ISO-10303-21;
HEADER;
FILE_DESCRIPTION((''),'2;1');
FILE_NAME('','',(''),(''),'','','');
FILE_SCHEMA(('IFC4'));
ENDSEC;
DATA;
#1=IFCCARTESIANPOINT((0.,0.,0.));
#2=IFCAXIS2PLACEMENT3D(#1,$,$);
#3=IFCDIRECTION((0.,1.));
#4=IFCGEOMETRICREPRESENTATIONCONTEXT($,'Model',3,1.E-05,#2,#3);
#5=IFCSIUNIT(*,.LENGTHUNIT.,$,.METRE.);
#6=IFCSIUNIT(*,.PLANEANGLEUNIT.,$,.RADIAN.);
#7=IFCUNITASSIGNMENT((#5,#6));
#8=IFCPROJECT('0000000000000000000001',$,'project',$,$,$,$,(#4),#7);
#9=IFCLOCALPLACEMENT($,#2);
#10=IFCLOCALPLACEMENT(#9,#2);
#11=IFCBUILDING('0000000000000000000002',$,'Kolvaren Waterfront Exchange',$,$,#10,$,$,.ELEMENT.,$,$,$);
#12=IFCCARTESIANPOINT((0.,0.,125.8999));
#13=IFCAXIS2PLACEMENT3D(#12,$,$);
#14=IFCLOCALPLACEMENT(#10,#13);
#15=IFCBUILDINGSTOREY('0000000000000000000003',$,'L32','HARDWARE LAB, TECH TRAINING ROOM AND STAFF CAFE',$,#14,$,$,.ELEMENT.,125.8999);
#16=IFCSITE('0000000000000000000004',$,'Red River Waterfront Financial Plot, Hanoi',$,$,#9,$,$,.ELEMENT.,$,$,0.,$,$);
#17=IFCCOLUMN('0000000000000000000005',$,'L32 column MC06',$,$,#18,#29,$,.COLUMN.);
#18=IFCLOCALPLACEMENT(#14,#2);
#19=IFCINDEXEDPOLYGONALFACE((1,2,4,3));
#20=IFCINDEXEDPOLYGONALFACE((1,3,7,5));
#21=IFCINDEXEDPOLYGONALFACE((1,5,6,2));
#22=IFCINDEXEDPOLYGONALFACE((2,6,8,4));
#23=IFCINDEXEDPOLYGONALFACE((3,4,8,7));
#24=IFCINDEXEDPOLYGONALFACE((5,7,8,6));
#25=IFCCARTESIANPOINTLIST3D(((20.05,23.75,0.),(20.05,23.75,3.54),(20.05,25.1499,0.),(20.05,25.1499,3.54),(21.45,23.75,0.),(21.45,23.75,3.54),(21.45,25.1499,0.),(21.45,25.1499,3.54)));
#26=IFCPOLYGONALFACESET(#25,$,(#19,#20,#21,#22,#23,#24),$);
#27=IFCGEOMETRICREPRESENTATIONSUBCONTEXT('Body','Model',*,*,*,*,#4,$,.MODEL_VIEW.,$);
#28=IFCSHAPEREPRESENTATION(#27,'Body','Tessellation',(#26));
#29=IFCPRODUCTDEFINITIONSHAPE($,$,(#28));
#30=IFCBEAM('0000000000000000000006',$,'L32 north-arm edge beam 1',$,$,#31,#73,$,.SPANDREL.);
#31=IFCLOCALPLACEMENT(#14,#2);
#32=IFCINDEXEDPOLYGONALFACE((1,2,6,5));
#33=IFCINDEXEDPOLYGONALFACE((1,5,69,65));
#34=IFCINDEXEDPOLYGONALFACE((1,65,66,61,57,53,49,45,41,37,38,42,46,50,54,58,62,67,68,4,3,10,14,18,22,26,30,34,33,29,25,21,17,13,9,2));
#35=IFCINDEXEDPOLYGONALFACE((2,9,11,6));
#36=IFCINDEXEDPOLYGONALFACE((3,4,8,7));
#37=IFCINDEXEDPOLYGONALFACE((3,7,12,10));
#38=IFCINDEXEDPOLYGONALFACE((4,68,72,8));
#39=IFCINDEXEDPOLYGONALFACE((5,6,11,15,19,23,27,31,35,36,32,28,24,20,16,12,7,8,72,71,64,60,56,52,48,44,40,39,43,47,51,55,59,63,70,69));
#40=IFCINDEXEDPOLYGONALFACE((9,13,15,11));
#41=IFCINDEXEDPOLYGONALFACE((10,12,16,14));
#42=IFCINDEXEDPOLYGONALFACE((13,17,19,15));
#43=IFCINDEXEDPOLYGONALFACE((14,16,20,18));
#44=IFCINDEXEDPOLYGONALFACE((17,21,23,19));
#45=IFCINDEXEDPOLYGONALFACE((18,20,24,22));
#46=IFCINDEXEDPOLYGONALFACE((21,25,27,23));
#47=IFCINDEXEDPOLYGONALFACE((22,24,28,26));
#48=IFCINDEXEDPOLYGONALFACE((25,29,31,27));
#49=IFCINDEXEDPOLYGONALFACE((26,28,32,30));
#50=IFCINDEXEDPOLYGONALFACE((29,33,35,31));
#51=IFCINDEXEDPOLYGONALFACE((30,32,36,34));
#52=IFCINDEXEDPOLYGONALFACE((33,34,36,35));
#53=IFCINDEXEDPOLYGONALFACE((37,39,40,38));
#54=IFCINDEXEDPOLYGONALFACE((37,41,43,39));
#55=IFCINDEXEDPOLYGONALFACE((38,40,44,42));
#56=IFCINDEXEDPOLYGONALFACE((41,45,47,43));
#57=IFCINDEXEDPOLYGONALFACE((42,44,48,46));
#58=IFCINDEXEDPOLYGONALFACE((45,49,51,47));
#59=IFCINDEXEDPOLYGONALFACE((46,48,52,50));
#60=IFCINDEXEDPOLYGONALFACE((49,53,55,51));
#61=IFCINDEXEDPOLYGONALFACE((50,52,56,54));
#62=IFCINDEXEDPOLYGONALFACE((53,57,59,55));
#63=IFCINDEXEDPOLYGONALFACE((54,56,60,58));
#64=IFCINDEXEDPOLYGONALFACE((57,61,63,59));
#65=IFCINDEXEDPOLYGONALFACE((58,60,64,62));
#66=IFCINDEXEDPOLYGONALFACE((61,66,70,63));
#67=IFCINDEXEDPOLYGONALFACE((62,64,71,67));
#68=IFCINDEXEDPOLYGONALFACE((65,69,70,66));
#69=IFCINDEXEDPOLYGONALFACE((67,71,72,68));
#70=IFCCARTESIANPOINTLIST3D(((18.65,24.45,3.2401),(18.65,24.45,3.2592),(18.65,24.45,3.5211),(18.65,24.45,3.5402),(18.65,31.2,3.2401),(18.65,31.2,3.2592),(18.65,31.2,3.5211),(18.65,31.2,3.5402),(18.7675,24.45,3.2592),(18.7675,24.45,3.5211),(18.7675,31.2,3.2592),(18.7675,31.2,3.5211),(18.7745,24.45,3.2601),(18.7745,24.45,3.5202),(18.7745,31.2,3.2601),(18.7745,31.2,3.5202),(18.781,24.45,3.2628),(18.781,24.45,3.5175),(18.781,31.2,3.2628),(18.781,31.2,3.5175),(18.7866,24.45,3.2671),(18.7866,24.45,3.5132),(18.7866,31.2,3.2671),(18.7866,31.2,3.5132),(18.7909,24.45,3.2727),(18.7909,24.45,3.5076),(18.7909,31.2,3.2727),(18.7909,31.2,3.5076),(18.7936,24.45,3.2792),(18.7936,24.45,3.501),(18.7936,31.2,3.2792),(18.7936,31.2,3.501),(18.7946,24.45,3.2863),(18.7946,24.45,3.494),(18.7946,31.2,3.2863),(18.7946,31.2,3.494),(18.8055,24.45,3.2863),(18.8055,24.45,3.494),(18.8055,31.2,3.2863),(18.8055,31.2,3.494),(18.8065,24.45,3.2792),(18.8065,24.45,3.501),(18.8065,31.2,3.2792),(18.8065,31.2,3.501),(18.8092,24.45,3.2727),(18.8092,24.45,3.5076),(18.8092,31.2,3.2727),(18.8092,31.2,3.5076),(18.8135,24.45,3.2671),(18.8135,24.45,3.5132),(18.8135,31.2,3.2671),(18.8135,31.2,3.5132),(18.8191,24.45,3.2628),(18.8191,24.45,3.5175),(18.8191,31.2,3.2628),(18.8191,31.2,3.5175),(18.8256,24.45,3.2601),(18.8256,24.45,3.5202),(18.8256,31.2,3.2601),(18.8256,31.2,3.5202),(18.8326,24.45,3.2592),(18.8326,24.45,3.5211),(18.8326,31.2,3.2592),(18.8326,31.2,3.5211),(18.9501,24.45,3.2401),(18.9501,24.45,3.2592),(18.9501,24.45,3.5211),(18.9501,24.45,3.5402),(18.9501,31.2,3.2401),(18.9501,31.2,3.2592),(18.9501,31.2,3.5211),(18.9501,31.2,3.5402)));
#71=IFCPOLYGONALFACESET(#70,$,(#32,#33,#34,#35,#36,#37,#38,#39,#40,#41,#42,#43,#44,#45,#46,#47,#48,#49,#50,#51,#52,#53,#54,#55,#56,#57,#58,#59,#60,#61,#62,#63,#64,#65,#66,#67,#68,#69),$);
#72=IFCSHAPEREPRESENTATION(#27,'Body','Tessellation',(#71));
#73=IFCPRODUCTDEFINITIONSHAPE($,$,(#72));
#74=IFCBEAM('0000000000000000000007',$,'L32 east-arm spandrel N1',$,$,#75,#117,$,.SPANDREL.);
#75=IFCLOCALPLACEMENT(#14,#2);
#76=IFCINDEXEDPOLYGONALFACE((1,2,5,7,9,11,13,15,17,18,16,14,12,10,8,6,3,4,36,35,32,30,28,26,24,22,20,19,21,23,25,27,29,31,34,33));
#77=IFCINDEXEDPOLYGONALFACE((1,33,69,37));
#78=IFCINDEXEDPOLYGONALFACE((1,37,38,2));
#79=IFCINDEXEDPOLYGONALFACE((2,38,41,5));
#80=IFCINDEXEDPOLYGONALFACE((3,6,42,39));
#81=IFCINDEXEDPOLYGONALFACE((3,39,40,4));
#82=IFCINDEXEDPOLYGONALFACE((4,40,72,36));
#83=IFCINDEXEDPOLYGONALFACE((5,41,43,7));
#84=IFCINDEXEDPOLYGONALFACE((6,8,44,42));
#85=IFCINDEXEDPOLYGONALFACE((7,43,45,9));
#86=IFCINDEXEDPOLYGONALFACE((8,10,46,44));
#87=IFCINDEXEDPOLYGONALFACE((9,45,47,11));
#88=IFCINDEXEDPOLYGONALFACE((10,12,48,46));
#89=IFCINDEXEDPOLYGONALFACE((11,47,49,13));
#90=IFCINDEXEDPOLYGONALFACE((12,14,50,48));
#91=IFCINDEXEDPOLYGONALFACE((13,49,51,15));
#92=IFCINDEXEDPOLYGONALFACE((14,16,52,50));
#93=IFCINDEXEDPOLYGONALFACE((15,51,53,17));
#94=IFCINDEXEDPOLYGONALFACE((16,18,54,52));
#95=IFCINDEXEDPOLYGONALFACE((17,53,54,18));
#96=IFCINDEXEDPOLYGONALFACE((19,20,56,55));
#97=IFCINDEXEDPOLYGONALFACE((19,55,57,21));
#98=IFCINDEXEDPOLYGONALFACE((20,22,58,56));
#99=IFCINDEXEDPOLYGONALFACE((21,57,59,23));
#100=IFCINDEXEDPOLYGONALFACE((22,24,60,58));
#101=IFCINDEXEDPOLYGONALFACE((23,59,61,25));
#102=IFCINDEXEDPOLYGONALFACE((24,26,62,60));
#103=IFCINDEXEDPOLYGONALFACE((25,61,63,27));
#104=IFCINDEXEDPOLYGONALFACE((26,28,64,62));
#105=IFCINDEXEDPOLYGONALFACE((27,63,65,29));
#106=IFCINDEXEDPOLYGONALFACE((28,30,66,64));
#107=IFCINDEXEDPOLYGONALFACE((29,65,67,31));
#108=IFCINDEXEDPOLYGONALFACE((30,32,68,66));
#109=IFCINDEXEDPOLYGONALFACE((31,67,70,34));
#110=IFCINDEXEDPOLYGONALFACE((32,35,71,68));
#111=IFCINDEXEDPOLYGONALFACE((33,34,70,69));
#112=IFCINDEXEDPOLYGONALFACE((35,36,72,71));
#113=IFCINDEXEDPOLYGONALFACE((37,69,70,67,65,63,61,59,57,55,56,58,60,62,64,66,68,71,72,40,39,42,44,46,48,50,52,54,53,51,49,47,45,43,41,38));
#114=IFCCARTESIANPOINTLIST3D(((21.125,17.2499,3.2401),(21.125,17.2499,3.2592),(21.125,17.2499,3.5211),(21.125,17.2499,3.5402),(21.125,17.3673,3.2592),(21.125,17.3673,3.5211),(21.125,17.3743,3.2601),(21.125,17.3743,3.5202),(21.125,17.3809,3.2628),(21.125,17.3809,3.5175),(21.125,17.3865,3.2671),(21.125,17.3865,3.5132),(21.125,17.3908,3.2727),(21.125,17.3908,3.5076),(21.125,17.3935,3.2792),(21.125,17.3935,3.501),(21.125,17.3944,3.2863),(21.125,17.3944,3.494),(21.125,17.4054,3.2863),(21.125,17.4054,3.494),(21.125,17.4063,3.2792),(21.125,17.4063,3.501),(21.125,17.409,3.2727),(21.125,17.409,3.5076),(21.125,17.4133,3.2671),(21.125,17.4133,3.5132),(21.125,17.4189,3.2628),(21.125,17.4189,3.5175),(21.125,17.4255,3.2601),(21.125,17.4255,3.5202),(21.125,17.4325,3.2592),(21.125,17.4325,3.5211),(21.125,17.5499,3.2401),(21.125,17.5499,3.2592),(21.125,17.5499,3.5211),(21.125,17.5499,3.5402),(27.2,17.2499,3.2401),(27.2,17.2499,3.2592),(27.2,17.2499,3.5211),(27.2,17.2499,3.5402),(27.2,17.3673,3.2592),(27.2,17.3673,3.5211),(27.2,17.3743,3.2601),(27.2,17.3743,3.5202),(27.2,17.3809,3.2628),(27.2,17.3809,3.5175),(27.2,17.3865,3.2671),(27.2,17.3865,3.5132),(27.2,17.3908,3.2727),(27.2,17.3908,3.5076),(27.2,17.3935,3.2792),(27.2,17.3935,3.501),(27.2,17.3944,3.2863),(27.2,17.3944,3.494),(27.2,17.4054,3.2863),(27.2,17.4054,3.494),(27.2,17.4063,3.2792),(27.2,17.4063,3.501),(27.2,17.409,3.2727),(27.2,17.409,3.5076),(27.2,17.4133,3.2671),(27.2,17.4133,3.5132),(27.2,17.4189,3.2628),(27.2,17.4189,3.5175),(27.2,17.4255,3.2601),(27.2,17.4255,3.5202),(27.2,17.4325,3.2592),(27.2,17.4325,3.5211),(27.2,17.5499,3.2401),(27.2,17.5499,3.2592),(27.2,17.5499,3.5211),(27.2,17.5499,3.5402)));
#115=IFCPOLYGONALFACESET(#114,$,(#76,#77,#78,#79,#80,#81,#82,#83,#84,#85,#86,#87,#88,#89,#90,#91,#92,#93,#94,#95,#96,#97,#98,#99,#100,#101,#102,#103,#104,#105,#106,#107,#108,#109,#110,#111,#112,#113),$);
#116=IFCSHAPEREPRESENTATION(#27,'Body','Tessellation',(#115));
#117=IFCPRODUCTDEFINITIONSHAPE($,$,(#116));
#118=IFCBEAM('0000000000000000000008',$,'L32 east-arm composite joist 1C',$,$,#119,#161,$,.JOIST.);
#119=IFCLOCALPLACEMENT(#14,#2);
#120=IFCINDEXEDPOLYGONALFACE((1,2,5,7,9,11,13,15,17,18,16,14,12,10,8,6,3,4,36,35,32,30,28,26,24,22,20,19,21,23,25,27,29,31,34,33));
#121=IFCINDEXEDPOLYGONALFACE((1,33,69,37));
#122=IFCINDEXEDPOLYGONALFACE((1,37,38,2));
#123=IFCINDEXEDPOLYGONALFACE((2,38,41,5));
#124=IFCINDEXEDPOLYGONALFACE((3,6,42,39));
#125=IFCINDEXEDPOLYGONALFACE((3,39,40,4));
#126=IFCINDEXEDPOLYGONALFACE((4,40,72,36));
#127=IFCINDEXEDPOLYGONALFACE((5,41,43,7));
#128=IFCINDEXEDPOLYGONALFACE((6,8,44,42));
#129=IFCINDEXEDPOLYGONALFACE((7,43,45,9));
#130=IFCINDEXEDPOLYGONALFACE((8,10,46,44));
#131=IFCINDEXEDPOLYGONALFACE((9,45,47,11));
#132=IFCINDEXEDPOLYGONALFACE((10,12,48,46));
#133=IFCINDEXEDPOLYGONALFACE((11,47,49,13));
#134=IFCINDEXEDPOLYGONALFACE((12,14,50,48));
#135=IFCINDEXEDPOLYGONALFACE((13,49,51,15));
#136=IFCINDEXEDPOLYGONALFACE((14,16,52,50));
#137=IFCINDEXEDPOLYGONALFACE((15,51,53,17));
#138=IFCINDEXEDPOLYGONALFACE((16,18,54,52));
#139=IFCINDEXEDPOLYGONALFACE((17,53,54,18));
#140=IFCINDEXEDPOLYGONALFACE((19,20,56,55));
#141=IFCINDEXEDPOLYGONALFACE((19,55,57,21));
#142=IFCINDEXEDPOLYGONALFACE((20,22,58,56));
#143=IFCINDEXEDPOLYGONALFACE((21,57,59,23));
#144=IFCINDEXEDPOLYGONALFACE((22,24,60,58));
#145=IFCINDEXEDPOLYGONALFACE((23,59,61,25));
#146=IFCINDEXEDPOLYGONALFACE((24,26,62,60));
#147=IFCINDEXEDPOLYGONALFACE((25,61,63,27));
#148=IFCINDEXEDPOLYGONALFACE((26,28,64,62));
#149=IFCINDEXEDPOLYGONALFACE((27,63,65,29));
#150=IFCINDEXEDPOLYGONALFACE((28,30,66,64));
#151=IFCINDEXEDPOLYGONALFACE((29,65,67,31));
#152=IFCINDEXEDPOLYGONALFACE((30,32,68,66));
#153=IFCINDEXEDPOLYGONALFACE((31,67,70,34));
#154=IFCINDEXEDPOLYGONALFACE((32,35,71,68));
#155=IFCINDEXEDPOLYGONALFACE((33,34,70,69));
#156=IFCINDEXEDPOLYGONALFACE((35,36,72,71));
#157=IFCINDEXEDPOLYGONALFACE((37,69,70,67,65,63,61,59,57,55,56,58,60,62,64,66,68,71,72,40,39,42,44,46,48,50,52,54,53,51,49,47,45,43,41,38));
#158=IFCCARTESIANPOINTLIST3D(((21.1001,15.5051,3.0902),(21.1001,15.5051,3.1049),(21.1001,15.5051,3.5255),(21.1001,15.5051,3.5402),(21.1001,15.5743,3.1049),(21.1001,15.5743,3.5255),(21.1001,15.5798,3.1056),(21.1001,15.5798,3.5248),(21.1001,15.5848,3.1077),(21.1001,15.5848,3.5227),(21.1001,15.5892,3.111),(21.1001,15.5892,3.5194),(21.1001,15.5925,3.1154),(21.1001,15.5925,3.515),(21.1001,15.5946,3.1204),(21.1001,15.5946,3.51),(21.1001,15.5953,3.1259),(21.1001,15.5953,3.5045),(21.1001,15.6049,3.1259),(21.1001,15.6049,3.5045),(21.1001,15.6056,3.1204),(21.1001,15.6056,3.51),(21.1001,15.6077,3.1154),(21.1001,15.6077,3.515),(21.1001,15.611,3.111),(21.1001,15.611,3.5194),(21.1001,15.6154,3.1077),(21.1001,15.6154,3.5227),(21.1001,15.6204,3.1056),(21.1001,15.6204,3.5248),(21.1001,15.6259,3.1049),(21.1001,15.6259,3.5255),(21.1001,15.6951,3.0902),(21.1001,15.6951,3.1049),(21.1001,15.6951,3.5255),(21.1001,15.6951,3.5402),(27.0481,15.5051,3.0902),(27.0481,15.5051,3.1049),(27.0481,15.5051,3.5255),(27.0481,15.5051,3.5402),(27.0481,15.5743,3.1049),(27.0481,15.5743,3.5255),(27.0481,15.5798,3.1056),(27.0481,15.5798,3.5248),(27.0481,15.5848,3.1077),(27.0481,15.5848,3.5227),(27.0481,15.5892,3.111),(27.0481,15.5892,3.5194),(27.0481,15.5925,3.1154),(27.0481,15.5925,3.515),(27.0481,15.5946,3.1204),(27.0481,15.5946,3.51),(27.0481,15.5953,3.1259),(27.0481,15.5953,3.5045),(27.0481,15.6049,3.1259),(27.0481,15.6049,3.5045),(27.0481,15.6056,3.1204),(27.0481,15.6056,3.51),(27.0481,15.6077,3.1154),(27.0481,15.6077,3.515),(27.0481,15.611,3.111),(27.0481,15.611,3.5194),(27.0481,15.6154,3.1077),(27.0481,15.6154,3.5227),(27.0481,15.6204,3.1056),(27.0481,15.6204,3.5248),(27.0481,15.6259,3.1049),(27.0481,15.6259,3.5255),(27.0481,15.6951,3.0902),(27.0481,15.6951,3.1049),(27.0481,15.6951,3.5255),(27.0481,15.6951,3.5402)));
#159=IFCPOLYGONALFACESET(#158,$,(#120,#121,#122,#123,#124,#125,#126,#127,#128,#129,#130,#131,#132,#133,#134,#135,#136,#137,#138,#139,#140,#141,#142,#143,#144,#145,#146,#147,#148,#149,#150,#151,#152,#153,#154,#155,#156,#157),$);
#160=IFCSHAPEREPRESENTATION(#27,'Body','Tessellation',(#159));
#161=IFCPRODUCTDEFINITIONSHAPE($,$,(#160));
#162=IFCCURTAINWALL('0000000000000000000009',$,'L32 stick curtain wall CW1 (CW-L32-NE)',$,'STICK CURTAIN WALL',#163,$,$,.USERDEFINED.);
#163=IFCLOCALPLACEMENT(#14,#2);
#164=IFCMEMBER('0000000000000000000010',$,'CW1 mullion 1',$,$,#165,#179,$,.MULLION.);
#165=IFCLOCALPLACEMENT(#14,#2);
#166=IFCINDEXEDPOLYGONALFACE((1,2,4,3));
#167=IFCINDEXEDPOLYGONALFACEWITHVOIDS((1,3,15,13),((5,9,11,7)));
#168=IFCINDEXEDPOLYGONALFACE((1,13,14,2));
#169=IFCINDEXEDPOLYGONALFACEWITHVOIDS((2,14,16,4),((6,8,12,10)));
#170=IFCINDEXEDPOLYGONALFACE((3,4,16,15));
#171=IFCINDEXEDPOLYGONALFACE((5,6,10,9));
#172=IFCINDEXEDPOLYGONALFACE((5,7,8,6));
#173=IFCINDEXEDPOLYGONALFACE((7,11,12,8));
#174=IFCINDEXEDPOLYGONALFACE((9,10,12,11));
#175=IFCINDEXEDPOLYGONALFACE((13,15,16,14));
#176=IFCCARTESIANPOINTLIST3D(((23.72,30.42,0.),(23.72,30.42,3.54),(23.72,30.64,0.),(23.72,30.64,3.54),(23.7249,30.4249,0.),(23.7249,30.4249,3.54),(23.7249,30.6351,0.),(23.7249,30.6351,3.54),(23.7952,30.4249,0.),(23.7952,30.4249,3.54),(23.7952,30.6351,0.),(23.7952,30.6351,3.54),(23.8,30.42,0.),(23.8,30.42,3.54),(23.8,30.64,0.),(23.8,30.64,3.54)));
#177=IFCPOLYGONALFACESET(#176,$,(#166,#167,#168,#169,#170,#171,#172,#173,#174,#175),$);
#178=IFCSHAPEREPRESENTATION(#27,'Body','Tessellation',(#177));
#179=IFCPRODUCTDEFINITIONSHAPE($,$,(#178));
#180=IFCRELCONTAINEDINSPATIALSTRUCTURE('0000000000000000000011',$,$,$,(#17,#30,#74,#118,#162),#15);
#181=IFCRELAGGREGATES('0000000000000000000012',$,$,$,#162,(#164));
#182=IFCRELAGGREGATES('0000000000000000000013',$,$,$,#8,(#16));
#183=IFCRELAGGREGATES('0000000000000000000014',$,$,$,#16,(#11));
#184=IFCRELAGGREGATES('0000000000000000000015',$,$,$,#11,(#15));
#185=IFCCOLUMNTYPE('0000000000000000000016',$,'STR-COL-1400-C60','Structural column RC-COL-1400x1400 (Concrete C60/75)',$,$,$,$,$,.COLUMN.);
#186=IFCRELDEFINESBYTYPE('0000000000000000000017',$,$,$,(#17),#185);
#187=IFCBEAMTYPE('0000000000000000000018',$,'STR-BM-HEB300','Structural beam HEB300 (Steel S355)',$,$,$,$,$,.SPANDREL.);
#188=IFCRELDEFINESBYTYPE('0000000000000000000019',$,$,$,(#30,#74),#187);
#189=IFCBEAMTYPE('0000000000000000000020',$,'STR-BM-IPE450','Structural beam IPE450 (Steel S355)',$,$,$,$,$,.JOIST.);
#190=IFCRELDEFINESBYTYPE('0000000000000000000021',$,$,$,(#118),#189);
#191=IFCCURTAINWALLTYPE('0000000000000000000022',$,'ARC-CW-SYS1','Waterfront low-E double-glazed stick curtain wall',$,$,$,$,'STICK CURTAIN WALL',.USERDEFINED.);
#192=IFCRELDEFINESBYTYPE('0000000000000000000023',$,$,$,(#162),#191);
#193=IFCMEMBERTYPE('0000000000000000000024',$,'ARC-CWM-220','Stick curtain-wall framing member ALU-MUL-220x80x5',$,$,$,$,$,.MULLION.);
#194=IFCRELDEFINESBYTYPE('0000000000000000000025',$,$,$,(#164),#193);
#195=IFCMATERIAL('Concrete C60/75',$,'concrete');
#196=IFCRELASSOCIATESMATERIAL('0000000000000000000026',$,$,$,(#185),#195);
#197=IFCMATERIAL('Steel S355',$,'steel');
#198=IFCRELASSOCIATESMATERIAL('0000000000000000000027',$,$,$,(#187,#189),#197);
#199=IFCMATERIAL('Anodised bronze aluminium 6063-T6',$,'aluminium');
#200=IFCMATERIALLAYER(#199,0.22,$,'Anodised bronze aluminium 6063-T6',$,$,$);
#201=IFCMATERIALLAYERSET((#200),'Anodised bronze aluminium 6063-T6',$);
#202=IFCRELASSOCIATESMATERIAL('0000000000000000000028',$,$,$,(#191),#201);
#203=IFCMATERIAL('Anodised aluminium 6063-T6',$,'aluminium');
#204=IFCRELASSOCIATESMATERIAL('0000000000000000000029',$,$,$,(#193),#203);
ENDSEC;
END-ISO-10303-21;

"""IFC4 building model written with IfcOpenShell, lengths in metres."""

from ifc_helpers import new_model, si_unit, direction, frame, origin, origin_with_axes, origin_2d, place, context, subcontext, project, spatial, rectangle, hollow_rectangle, i_section, extrude, source, transform, mapped, material, layer, layer_set, material_profile, profile_set, type_object, element, aggregate, save


model = new_model("IFC4")

# Units and contexts
model_context = context("Model", 3, precision=1e-05, world=origin(), true_north=direction((0.0, 1.0)))
body_context = subcontext(model_context, "Body", "Model", "MODEL_VIEW")
ifc_project = project(units=[si_unit("LENGTHUNIT", "METRE"), si_unit("PLANEANGLEUNIT", "RADIAN")], contexts=[model_context])

# Site, building, storey
site_placement = place(None, origin())
site = spatial("IfcSite", under=ifc_project, at=site_placement, Name="Red River Waterfront Financial Plot, Hanoi", CompositionType="ELEMENT", RefElevation=0.0)
building_placement = place(site_placement, origin())
building = spatial("IfcBuilding", under=site, at=building_placement, Name="Kolvaren Waterfront Exchange", CompositionType="ELEMENT")
storey_placement = place(building_placement, frame((0.0, 0.0, 125.8999)))
storey = spatial("IfcBuildingStorey", under=building, at=storey_placement, Name="L32", Description="HARDWARE LAB, TECH TRAINING ROOM AND STAFF CAFE", CompositionType="ELEMENT", Elevation=125.8999)

# Column
ifc_material_1 = material(Name="Concrete C60/75", Category="concrete")
ifc_material_profile_1 = material_profile(ifc_material_1, rectangle(XDim=1.3999, YDim=1.3999, at=origin_2d()), Name="RC-COL-1400x1400")
ifc_profile_set_1 = profile_set([ifc_material_profile_1], Name="Concrete C60/75")
column_type = type_object("IfcColumnType", Name="STR-COL-1400-C60", Description="Structural column RC-COL-1400x1400 (Concrete C60/75)", PredefinedType="COLUMN", material=ifc_profile_set_1)
column_placement = place(storey_placement, frame((20.75, 24.45, 0.0), z_axis=(0.0, 0.0, 1.0), x_axis=(1.0, 0.0, 0.0)))
element("IfcColumn", 1, at=column_placement, inside=storey, type_object=column_type, Name="L32 column MC06", PredefinedType="COLUMN", context=body_context, shape_type="SweptSolid", body=[
    extrude(rectangle(XDim=1.3999, YDim=1.3999, at=origin_2d()), origin(), (0.0, 0.0, 1.0), 3.54),
])

# Beams
ifc_material_2 = material(Name="Steel S355", Category="steel")
ifc_material_profile_2 = material_profile(ifc_material_2, i_section(OverallWidth=0.3, OverallDepth=0.3, WebThickness=0.011, FlangeThickness=0.019, FilletRadius=0.0271, at=origin_2d()), Name="HEB300")
ifc_profile_set_2 = profile_set([ifc_material_profile_2], Name="Steel S355")
beam_type_1 = type_object("IfcBeamType", Name="STR-BM-HEB300", Description="Structural beam HEB300 (Steel S355)", PredefinedType="SPANDREL", material=ifc_profile_set_2)
beam_1_placement = place(storey_placement, frame((18.8, 24.45, 3.3901), z_axis=(0.0, 1.0, 0.0), x_axis=(-1.0, 0.0, 0.0)))
element("IfcBeam", 2, at=beam_1_placement, inside=storey, type_object=beam_type_1, Name="L32 north-arm edge beam 1", PredefinedType="SPANDREL", context=body_context, shape_type="SweptSolid", body=[
    extrude(i_section(OverallWidth=0.3, OverallDepth=0.3, WebThickness=0.011, FlangeThickness=0.019, FilletRadius=0.0271, at=origin_2d()), origin(), (0.0, 0.0, 1.0), 6.75),
])
beam_2_placement = place(storey_placement, frame((21.125, 17.3999, 3.3901), z_axis=(1.0, 0.0, 0.0), x_axis=(0.0, 1.0, 0.0)))
element("IfcBeam", 3, at=beam_2_placement, inside=storey, type_object=beam_type_1, Name="L32 east-arm spandrel N1", PredefinedType="SPANDREL", context=body_context, shape_type="SweptSolid", body=[
    extrude(i_section(OverallWidth=0.3, OverallDepth=0.3, WebThickness=0.011, FlangeThickness=0.019, FilletRadius=0.0271, at=origin_2d()), origin(), (0.0, 0.0, 1.0), 6.075),
])
ifc_material_profile_3 = material_profile(ifc_material_2, i_section(OverallWidth=0.1899, OverallDepth=0.45, WebThickness=0.0095, FlangeThickness=0.0146, FilletRadius=0.021, at=origin_2d()), Name="IPE450")
ifc_profile_set_3 = profile_set([ifc_material_profile_3], Name="Steel S355")
beam_type_2 = type_object("IfcBeamType", Name="STR-BM-IPE450", Description="Structural beam IPE450 (Steel S355)", PredefinedType="JOIST", material=ifc_profile_set_3)
beam_3_placement = place(storey_placement, frame((21.1001, 15.6001, 3.3152), z_axis=(1.0, 0.0, 0.0), x_axis=(0.0, 1.0, 0.0)))
element("IfcBeam", 4, at=beam_3_placement, inside=storey, type_object=beam_type_2, Name="L32 east-arm composite joist 1C", PredefinedType="JOIST", context=body_context, shape_type="SweptSolid", body=[
    extrude(i_section(OverallWidth=0.1899, OverallDepth=0.45, WebThickness=0.0095, FlangeThickness=0.0146, FilletRadius=0.021, at=origin_2d()), origin(), (0.0, 0.0, 1.0), 5.948),
])

# Curtain wall, member
ifc_material_3 = material(Name="Anodised bronze aluminium 6063-T6", Category="aluminium")
ifc_layer_1 = layer(ifc_material_3, 0.22, Name="Anodised bronze aluminium 6063-T6")
ifc_layer_set_1 = layer_set([ifc_layer_1], Name="Anodised bronze aluminium 6063-T6")
curtain_wall_type = type_object("IfcCurtainWallType", Name="ARC-CW-SYS1", Description="Waterfront low-E double-glazed stick curtain wall", ElementType="STICK CURTAIN WALL", PredefinedType="USERDEFINED", material=ifc_layer_set_1)
curtain_wall_placement = place(storey_placement, origin())
curtain_wall = element("IfcCurtainWall", 5, at=curtain_wall_placement, inside=storey, type_object=curtain_wall_type, Name="L32 stick curtain wall CW1 (CW-L32-NE)", ObjectType="STICK CURTAIN WALL", PredefinedType="USERDEFINED")
ifc_material_4 = material(Name="Anodised aluminium 6063-T6", Category="aluminium")
ifc_material_profile_4 = material_profile(ifc_material_4, hollow_rectangle(XDim=0.0801, YDim=0.22, WallThickness=0.0049, at=origin_2d()), Name="ALU-MUL-220x80x5")
ifc_profile_set_4 = profile_set([ifc_material_profile_4], Name="Anodised aluminium 6063-T6")
member_type_1 = type_object("IfcMemberType", Name="ARC-CWM-220", Description="Stick curtain-wall framing member ALU-MUL-220x80x5", PredefinedType="MULLION", material=ifc_profile_set_4)
shared_shape_1 = source(origin_with_axes(), body_context, "Body", "SweptSolid", [
    extrude(hollow_rectangle(XDim=0.0801, YDim=0.22, WallThickness=0.0049, at=origin_2d()), origin(), (0.0, 0.0, 1.0), 3.54),
])
member_1_placement = place(storey_placement, frame((23.76, 30.53, 0.0), z_axis=(0.0, 0.0, 1.0), x_axis=(-1.0, 0.0, 0.0)))
member_1 = element("IfcMember", 6, at=member_1_placement, type_object=member_type_1, Name="CW1 mullion 1", PredefinedType="MULLION", context=body_context, shape_type="MappedRepresentation", body=[
    mapped(shared_shape_1, transform((0.0, 0.0, 0.0), x_axis=(1.0, 0.0, 0.0), y_axis=(0.0, 1.0, 0.0), z_axis=(0.0, 0.0, 1.0), scale=1.0)),
])
aggregate(curtain_wall, [member_1])

save(model, "model.ifc")
